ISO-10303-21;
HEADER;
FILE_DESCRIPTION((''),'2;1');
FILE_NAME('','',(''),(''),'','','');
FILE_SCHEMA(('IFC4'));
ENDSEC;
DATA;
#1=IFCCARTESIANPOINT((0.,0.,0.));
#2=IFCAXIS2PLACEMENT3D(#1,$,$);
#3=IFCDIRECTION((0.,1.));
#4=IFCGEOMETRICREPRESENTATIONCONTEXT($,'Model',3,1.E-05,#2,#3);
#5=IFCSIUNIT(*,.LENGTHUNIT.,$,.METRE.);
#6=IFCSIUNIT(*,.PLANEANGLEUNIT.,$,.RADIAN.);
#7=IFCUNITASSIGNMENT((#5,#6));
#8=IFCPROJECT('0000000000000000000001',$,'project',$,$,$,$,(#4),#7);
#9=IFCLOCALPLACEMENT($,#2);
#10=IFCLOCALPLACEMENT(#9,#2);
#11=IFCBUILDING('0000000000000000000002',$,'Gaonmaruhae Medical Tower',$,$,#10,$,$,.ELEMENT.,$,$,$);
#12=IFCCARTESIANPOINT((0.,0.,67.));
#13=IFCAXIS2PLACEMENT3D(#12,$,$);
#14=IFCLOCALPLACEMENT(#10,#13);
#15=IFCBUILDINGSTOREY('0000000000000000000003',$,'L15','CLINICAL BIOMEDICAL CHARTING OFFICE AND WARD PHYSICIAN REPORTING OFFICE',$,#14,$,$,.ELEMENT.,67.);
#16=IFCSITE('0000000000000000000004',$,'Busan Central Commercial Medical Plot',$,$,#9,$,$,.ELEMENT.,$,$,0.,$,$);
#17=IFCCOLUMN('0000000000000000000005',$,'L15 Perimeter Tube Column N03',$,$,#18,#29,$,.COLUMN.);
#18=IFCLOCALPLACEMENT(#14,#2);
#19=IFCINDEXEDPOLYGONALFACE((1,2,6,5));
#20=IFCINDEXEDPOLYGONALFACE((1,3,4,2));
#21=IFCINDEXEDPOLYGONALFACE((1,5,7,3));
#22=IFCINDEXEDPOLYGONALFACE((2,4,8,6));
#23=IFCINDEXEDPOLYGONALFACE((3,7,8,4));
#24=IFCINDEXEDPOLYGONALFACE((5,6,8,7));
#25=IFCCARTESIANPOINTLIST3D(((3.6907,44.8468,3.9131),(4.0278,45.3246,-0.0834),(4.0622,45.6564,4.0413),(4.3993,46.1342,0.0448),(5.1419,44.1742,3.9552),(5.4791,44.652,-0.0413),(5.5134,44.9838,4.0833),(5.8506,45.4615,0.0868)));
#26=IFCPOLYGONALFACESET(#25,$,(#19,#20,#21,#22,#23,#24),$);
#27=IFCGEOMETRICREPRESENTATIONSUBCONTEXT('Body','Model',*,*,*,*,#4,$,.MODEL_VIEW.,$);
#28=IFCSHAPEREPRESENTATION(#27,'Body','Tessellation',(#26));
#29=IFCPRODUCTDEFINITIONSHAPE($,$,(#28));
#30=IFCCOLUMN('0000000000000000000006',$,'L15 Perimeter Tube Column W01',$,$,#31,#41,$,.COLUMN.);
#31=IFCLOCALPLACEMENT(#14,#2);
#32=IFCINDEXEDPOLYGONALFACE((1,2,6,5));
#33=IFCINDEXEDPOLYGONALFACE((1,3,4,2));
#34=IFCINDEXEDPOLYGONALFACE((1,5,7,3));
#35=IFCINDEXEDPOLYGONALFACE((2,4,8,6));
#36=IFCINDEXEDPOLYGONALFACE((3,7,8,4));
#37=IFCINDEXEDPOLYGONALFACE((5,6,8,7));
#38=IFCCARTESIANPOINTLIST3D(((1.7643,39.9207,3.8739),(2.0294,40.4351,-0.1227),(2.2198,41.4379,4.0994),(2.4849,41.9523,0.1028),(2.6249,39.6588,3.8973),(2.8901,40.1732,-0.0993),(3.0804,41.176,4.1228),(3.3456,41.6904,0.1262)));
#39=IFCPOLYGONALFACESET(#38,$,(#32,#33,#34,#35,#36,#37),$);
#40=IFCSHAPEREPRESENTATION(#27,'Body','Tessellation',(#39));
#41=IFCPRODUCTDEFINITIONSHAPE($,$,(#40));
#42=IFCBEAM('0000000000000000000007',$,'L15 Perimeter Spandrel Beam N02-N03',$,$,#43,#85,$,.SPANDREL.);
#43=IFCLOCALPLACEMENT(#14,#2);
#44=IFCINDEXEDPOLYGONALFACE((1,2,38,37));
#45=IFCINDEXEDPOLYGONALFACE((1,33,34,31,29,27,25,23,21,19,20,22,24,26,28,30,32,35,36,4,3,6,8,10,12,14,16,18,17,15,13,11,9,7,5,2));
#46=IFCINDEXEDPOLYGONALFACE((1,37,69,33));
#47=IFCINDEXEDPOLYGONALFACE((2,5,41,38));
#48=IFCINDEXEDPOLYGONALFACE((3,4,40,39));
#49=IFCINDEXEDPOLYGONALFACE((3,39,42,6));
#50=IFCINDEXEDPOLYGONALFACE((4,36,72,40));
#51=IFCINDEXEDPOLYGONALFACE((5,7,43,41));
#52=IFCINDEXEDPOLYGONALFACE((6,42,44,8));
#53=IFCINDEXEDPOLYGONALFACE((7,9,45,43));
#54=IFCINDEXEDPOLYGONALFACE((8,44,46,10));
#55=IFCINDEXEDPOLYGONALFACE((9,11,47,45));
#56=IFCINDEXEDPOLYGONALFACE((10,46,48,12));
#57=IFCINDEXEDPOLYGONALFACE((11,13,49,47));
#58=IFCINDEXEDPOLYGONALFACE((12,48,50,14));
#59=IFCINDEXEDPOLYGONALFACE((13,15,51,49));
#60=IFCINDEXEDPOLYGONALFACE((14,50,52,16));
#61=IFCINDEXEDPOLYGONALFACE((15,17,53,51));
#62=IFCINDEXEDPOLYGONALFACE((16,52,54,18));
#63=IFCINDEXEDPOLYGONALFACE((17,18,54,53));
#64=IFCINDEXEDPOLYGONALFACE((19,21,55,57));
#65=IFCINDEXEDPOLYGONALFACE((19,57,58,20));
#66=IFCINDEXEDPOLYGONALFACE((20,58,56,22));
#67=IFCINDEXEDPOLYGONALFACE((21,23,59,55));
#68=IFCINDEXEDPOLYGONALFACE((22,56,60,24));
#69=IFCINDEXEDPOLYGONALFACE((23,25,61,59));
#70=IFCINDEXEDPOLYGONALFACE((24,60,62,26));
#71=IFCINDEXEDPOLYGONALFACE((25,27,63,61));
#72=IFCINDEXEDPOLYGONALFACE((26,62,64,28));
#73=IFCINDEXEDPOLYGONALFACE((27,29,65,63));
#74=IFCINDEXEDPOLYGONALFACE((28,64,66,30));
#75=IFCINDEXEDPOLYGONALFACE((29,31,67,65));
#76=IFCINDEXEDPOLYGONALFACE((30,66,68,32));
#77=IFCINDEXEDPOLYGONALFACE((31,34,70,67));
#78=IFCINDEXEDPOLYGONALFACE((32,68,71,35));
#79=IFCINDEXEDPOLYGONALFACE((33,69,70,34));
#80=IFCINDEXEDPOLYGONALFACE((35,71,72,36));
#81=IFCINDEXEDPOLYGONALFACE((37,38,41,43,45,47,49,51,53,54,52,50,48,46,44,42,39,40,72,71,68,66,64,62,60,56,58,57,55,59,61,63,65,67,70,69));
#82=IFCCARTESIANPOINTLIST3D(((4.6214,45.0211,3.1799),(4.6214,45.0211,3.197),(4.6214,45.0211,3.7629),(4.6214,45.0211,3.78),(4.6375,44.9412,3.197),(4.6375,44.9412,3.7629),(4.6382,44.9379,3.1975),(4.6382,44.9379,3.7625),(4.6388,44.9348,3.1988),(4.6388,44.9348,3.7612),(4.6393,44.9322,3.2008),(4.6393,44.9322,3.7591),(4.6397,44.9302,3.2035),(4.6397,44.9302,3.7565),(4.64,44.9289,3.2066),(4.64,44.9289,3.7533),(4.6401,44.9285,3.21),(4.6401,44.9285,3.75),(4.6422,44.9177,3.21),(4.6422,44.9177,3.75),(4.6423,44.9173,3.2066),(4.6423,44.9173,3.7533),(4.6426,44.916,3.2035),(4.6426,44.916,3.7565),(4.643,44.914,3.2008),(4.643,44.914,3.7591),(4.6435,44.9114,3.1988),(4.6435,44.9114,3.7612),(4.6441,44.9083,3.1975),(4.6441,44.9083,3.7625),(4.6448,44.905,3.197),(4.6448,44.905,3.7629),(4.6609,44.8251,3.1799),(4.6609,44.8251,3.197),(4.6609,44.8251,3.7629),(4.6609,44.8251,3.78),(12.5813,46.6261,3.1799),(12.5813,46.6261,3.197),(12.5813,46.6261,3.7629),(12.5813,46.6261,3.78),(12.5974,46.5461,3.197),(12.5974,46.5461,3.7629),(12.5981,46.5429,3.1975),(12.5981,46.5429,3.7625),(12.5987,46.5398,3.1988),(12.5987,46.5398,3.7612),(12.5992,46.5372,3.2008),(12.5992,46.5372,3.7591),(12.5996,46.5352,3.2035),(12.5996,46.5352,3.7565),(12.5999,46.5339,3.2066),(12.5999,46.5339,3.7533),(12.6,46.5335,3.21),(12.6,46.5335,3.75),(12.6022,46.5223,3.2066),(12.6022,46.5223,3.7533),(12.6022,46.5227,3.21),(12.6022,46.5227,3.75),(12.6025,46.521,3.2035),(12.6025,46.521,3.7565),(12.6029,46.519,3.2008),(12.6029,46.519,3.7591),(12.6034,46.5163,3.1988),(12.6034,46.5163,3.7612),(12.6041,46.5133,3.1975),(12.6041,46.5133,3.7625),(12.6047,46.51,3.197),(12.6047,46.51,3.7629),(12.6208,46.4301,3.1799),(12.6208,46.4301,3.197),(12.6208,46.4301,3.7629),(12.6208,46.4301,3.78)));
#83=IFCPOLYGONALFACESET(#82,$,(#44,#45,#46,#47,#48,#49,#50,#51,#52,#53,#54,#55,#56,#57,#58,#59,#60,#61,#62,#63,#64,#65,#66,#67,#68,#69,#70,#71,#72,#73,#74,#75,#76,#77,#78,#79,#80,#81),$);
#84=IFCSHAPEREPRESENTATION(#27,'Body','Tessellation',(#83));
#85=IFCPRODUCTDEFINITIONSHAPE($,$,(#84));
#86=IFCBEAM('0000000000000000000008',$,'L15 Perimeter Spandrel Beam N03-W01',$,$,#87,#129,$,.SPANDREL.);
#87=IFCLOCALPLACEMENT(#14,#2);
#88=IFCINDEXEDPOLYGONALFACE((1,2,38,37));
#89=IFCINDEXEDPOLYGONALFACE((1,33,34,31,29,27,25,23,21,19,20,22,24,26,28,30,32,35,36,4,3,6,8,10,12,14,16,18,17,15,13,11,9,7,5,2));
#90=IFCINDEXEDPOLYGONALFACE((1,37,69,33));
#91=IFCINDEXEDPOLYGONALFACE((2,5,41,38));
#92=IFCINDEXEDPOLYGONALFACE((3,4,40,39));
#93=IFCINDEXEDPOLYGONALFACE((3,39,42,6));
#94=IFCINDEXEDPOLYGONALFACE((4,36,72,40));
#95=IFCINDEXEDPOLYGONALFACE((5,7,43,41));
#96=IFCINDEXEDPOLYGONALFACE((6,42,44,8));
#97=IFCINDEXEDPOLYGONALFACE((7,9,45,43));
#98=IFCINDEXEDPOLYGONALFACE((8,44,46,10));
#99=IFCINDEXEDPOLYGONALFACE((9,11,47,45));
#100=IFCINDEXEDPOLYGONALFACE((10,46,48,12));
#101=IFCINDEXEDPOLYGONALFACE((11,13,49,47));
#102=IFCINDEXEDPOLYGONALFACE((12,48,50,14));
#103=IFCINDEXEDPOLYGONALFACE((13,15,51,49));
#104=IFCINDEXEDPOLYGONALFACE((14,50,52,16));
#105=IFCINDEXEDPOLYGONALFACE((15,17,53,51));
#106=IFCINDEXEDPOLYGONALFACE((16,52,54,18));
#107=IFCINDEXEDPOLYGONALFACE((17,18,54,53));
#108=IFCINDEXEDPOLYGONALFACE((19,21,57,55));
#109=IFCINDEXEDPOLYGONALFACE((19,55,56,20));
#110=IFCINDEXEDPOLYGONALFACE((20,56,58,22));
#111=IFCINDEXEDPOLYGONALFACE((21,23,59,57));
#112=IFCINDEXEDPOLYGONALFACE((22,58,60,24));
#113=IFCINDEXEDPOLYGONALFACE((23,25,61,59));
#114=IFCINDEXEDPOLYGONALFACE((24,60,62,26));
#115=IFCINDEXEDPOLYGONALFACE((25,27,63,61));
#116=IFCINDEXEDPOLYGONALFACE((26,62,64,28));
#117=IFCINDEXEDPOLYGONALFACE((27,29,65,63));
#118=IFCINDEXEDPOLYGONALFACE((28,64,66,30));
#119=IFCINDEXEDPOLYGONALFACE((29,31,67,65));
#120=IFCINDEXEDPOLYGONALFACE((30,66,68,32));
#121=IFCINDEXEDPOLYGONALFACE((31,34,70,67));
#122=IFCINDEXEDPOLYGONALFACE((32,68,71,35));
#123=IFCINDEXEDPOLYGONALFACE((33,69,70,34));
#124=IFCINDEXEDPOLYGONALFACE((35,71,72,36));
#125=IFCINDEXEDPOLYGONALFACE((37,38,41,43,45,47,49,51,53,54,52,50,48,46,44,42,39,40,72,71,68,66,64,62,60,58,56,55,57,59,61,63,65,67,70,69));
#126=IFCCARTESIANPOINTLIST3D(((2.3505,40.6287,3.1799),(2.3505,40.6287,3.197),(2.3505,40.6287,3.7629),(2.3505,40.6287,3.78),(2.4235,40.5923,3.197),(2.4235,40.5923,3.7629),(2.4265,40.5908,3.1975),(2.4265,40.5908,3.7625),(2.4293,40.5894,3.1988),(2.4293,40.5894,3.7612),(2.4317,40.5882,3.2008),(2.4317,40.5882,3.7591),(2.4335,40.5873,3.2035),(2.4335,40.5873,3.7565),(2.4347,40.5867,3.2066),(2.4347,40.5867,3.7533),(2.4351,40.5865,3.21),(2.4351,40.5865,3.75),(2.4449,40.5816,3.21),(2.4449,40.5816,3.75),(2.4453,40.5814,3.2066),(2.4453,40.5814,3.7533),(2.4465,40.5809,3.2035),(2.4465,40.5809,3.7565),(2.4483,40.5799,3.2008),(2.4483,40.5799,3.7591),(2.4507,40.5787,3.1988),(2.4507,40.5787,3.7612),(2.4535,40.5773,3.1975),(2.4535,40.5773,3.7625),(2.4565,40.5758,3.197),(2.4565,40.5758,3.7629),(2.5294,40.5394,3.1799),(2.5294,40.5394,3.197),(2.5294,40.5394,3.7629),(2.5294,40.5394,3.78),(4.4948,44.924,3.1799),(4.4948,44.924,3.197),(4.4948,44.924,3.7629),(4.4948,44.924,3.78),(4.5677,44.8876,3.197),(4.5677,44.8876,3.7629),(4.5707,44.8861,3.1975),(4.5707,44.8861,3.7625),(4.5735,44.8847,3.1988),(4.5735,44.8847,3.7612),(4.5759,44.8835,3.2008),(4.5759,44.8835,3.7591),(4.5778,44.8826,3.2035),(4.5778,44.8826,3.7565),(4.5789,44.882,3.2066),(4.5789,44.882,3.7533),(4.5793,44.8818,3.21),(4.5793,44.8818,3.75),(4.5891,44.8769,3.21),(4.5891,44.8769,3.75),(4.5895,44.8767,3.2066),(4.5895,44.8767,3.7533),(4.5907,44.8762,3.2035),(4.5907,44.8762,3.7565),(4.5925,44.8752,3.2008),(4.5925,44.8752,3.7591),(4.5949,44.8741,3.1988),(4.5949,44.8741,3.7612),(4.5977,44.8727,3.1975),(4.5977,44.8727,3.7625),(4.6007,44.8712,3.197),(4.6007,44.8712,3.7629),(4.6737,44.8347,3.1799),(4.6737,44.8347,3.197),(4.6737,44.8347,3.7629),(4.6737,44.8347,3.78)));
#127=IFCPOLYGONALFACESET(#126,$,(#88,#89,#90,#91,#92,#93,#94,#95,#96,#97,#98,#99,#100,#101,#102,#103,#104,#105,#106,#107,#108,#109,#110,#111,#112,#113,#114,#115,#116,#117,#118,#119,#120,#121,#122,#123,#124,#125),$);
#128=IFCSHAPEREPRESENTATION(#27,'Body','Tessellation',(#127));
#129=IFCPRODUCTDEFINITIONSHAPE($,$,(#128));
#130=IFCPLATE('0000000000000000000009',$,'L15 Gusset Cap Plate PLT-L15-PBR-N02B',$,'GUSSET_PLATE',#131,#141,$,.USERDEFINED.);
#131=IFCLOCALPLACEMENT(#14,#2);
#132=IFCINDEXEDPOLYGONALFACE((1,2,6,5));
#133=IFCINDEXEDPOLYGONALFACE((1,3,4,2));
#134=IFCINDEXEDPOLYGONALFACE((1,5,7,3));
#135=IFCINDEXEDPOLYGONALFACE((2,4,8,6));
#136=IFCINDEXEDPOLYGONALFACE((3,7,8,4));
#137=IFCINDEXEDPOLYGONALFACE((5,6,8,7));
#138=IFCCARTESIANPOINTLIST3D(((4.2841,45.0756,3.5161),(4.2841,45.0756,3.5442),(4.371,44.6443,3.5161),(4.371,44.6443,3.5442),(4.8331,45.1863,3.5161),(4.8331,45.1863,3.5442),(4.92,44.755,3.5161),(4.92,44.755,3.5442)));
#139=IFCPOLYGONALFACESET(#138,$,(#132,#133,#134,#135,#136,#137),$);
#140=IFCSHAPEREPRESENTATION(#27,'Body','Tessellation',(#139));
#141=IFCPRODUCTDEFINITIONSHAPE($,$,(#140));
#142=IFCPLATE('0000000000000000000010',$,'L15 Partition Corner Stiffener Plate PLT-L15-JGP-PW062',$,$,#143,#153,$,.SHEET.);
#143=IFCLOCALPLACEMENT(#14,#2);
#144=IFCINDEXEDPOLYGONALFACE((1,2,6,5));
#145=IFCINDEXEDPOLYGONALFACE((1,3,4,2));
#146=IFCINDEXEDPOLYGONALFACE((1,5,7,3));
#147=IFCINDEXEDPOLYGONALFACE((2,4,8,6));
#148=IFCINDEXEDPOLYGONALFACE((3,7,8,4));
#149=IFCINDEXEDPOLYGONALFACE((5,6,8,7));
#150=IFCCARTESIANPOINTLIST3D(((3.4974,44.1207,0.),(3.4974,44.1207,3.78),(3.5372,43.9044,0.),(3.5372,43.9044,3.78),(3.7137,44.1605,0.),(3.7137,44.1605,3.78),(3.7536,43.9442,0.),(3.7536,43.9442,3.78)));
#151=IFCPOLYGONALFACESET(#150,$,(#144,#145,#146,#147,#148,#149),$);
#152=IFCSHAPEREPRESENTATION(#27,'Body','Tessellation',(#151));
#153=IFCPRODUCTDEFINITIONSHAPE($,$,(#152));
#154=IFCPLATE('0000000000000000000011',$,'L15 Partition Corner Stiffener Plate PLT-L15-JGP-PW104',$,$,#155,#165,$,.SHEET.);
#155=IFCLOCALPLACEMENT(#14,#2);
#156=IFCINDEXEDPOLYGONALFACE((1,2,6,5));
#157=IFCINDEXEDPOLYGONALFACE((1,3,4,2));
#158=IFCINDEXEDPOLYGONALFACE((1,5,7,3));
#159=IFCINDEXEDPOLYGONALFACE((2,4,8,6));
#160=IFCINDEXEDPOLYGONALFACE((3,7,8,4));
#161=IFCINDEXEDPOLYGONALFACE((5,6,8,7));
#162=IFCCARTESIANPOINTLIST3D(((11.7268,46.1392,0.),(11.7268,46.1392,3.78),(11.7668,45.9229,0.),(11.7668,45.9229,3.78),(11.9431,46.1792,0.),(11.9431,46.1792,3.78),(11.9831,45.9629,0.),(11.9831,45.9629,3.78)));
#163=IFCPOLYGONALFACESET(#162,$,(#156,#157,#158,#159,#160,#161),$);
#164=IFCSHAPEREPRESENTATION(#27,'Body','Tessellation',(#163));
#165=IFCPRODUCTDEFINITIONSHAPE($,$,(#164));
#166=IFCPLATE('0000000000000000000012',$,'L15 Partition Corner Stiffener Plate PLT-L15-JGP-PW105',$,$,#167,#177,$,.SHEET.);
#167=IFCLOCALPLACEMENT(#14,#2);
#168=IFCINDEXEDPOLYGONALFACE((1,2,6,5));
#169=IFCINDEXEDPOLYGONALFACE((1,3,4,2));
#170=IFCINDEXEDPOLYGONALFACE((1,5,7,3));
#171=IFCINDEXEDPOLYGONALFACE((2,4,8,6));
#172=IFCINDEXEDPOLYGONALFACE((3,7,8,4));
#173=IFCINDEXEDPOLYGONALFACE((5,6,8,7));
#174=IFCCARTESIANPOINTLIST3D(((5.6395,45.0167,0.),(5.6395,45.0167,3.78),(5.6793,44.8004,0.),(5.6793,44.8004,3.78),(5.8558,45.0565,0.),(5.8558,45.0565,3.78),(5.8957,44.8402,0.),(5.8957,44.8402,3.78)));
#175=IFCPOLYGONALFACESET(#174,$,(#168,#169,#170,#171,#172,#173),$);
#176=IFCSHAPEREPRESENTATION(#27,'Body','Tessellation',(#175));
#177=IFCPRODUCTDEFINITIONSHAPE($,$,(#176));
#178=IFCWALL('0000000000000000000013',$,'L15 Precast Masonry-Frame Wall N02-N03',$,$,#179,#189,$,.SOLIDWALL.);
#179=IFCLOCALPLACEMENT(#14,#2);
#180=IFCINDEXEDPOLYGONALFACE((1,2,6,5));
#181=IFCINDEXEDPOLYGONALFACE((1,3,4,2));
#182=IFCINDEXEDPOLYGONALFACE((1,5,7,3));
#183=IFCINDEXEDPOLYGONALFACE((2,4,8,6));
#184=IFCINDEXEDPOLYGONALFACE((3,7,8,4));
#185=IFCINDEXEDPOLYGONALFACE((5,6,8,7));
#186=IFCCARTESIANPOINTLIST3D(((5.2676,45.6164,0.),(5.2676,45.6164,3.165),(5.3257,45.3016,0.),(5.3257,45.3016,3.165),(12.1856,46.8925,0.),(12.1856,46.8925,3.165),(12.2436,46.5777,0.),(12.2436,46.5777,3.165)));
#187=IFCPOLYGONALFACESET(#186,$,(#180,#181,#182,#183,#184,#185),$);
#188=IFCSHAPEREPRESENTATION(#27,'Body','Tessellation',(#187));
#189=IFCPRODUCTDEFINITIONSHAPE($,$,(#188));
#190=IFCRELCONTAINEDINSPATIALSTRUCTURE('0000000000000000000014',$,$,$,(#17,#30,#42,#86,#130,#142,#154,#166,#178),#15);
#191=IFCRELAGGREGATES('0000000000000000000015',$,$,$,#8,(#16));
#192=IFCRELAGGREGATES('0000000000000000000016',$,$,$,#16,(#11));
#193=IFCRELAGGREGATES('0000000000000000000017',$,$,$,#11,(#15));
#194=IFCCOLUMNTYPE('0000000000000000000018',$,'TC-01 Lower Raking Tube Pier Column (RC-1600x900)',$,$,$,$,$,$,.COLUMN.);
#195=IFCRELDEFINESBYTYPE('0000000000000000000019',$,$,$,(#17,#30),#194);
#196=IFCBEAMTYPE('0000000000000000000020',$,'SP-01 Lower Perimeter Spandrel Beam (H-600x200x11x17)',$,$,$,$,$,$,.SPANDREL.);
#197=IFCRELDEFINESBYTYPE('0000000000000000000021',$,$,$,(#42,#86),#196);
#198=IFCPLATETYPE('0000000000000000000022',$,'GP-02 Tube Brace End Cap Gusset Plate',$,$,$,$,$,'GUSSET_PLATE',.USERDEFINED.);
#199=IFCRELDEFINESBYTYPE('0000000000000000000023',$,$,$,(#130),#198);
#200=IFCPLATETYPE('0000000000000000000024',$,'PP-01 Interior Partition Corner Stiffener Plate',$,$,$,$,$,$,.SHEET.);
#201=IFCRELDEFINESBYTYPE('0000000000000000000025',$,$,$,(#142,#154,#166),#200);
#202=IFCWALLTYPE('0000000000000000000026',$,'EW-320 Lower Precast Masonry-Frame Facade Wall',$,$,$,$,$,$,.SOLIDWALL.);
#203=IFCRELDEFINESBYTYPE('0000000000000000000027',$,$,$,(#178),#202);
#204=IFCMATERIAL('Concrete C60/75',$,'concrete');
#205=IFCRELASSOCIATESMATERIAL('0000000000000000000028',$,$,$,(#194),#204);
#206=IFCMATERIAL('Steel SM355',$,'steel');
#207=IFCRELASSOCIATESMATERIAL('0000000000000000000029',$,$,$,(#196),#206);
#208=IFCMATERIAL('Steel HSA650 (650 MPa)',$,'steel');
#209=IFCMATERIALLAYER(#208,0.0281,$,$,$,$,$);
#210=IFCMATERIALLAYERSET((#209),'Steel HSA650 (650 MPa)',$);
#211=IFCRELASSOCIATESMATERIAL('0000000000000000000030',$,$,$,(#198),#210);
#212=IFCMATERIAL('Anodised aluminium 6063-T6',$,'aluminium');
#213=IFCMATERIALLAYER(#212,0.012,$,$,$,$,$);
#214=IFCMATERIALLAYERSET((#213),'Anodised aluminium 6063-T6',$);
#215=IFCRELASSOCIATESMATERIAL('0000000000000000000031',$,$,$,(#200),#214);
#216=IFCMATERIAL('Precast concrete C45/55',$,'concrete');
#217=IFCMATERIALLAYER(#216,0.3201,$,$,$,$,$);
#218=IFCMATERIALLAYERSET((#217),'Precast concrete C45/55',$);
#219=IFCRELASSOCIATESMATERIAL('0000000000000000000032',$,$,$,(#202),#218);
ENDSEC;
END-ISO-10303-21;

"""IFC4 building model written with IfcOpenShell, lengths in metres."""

from ifc_helpers import new_model, si_unit, direction, frame, frame_2d, origin, origin_2d, place, context, subcontext, project, spatial, rectangle, i_section, extrude, material, layer, layer_set, material_profile, profile_set, type_object, element, save


model = new_model("IFC4")

# Units and contexts
model_context = context("Model", 3, precision=1e-05, world=origin(), true_north=direction((0.0, 1.0)))
body_context = subcontext(model_context, "Body", "Model", "MODEL_VIEW")
ifc_project = project(units=[si_unit("LENGTHUNIT", "METRE"), si_unit("PLANEANGLEUNIT", "RADIAN")], contexts=[model_context])

# Site, building, storey
site_placement = place(None, origin())
site = spatial("IfcSite", under=ifc_project, at=site_placement, Name="Busan Central Commercial Medical Plot", CompositionType="ELEMENT", RefElevation=0.0)
building_placement = place(site_placement, origin())
building = spatial("IfcBuilding", under=site, at=building_placement, Name="Gaonmaruhae Medical Tower", CompositionType="ELEMENT")
storey_placement = place(building_placement, frame((0.0, 0.0, 67.0)))
storey = spatial("IfcBuildingStorey", under=building, at=storey_placement, Name="L15", Description="CLINICAL BIOMEDICAL CHARTING OFFICE AND WARD PHYSICIAN REPORTING OFFICE", CompositionType="ELEMENT", Elevation=67.0)

# Columns
ifc_material_1 = material(Name="Concrete C60/75", Category="concrete")
ifc_material_profile_1 = material_profile(ifc_material_1, rectangle(XDim=1.6001, YDim=0.8999, at=origin_2d()), Name="RC-1600x900")
ifc_profile_set_1 = profile_set([ifc_material_profile_1], Name="Concrete C60/75")
column_type = type_object("IfcColumnType", Name="TC-01 Lower Raking Tube Pier Column (RC-1600x900)", PredefinedType="COLUMN", material=ifc_profile_set_1)
column_1_placement = place(storey_placement, frame((4.9392, 45.3931, 0.0017), z_axis=(-0.083473, -0.118288, 0.989465), x_axis=(0.906972, -0.420372, 0.026259)))
element("IfcColumn", 1, at=column_1_placement, inside=storey, type_object=column_type, Name="L15 Perimeter Tube Column N03", PredefinedType="COLUMN", context=body_context, shape_type="SweptSolid", body=[
    extrude(rectangle(XDim=1.6001, YDim=0.8999, at=origin_2d()), origin(), (0.0, 0.0, 1.0), 4.0391),
])
column_2_placement = place(storey_placement, frame((2.6875, 41.0627, 0.0017), z_axis=(-0.065656, -0.127383, 0.989678), x_axis=(0.284677, 0.948208, 0.140931)))
element("IfcColumn", 2, at=column_2_placement, inside=storey, type_object=column_type, Name="L15 Perimeter Tube Column W01", PredefinedType="COLUMN", context=body_context, shape_type="SweptSolid", body=[
    extrude(rectangle(XDim=1.6001, YDim=0.8999, at=origin_2d()), origin(), (0.0, 0.0, 1.0), 4.0383),
])

# Beams
ifc_material_2 = material(Name="Steel SM355", Category="steel")
ifc_material_profile_2 = material_profile(ifc_material_2, i_section(OverallWidth=0.2, OverallDepth=0.6001, WebThickness=0.011, FlangeThickness=0.0171, FilletRadius=0.0129, at=origin_2d()), Name="H-600x200x11x17")
ifc_profile_set_2 = profile_set([ifc_material_profile_2], Name="Steel SM355")
beam_type = type_object("IfcBeamType", Name="SP-01 Lower Perimeter Spandrel Beam (H-600x200x11x17)", PredefinedType="SPANDREL", material=ifc_profile_set_2)
beam_1_placement = place(storey_placement, frame((12.6011, 46.5281, 3.48), z_axis=(-0.980272, -0.197654, 0.0), x_axis=(0.197654, -0.980272, 0.0)))
element("IfcBeam", 3, at=beam_1_placement, inside=storey, type_object=beam_type, Name="L15 Perimeter Spandrel Beam N02-N03", PredefinedType="SPANDREL", context=body_context, shape_type="SweptSolid", body=[
    extrude(i_section(OverallWidth=0.2, OverallDepth=0.6001, WebThickness=0.011, FlangeThickness=0.0171, FilletRadius=0.0129, at=origin_2d()), origin(), (0.0, 0.0, 1.0), 8.1201),
])
beam_2_placement = place(storey_placement, frame((4.5842, 44.8794, 3.48), z_axis=(-0.446644, -0.894712, 0.0), x_axis=(0.894712, -0.446644, 0.0)))
element("IfcBeam", 4, at=beam_2_placement, inside=storey, type_object=beam_type, Name="L15 Perimeter Spandrel Beam N03-W01", PredefinedType="SPANDREL", context=body_context, shape_type="SweptSolid", body=[
    extrude(i_section(OverallWidth=0.2, OverallDepth=0.6001, WebThickness=0.011, FlangeThickness=0.0171, FilletRadius=0.0129, at=origin_2d()), origin(), (0.0, 0.0, 1.0), 4.8008),
])

# Plates
ifc_material_3 = material(Name="Steel HSA650 (650 MPa)", Category="steel")
ifc_layer_1 = layer(ifc_material_3, 0.0281)
ifc_layer_set_1 = layer_set([ifc_layer_1], Name="Steel HSA650 (650 MPa)")
plate_type_1 = type_object("IfcPlateType", Name="GP-02 Tube Brace End Cap Gusset Plate", ElementType="GUSSET_PLATE", PredefinedType="USERDEFINED", material=ifc_layer_set_1)
plate_placement = place(storey_placement, frame((4.6021, 44.9153, 3.5161), z_axis=(0.0, 0.0, 1.0), x_axis=(0.980271, 0.197657, 0.0)))
element("IfcPlate", 5, at=plate_placement, inside=storey, type_object=plate_type_1, Name="L15 Gusset Cap Plate PLT-L15-PBR-N02B", ObjectType="GUSSET_PLATE", PredefinedType="USERDEFINED", context=body_context, shape_type="SweptSolid", body=[
    extrude(rectangle(XDim=0.5601, YDim=0.4399, at=origin_2d()), origin(), (0.0, 0.0, 1.0), 0.0281),
])
ifc_material_4 = material(Name="Anodised aluminium 6063-T6", Category="aluminium")
ifc_layer_2 = layer(ifc_material_4, 0.012)
ifc_layer_set_2 = layer_set([ifc_layer_2], Name="Anodised aluminium 6063-T6")
plate_type_2 = type_object("IfcPlateType", Name="PP-01 Interior Partition Corner Stiffener Plate", PredefinedType="SHEET", material=ifc_layer_set_2)
for number, where, z_axis, x_axis, name in (
    (6, (3.6255, 44.0325, 0.0), (0.0, 0.0, 1.0), (0.983477, 0.181034, 0.0), "L15 Partition Corner Stiffener Plate PLT-L15-JGP-PW062"),
    (7, (11.855, 46.051, 0.0), (0.0, 0.0, 1.0), (0.181858, -0.983325, 0.0), "L15 Partition Corner Stiffener Plate PLT-L15-JGP-PW104"),
    (8, (5.7676, 44.9285, 0.0), (0.0, 0.0, 1.0), (-0.181034, 0.983477, 0.0), "L15 Partition Corner Stiffener Plate PLT-L15-JGP-PW105"),
):
    element("IfcPlate", number, at=place(storey_placement, frame(where, z_axis=z_axis, x_axis=x_axis)), inside=storey, type_object=plate_type_2, Name=name, PredefinedType="SHEET", context=body_context, shape_type="SweptSolid", body=[
        extrude(rectangle(XDim=0.22, YDim=0.22, at=origin_2d()), origin(), (0.0, 0.0, 1.0), 3.78),
    ])

# Wall
ifc_material_5 = material(Name="Precast concrete C45/55", Category="concrete")
ifc_layer_3 = layer(ifc_material_5, 0.3201)
ifc_layer_set_3 = layer_set([ifc_layer_3], Name="Precast concrete C45/55")
wall_type_1 = type_object("IfcWallType", Name="EW-320 Lower Precast Masonry-Frame Facade Wall", PredefinedType="SOLIDWALL", material=ifc_layer_set_3)
wall_1_placement = place(storey_placement, frame((5.2966, 45.459, 0.0), z_axis=(0.0, 0.0, 1.0), x_axis=(0.983409, 0.181404, 0.0)))
element("IfcWall", 9, at=wall_1_placement, inside=storey, type_object=wall_type_1, Name="L15 Precast Masonry-Frame Wall N02-N03", PredefinedType="SOLIDWALL", context=body_context, shape_type="SweptSolid", body=[
    extrude(rectangle(XDim=7.0347, YDim=0.3201, at=frame_2d((3.5173, 0.0))), origin(), (0.0, 0.0, 1.0), 3.165),
])

save(model, "model.ifc")
